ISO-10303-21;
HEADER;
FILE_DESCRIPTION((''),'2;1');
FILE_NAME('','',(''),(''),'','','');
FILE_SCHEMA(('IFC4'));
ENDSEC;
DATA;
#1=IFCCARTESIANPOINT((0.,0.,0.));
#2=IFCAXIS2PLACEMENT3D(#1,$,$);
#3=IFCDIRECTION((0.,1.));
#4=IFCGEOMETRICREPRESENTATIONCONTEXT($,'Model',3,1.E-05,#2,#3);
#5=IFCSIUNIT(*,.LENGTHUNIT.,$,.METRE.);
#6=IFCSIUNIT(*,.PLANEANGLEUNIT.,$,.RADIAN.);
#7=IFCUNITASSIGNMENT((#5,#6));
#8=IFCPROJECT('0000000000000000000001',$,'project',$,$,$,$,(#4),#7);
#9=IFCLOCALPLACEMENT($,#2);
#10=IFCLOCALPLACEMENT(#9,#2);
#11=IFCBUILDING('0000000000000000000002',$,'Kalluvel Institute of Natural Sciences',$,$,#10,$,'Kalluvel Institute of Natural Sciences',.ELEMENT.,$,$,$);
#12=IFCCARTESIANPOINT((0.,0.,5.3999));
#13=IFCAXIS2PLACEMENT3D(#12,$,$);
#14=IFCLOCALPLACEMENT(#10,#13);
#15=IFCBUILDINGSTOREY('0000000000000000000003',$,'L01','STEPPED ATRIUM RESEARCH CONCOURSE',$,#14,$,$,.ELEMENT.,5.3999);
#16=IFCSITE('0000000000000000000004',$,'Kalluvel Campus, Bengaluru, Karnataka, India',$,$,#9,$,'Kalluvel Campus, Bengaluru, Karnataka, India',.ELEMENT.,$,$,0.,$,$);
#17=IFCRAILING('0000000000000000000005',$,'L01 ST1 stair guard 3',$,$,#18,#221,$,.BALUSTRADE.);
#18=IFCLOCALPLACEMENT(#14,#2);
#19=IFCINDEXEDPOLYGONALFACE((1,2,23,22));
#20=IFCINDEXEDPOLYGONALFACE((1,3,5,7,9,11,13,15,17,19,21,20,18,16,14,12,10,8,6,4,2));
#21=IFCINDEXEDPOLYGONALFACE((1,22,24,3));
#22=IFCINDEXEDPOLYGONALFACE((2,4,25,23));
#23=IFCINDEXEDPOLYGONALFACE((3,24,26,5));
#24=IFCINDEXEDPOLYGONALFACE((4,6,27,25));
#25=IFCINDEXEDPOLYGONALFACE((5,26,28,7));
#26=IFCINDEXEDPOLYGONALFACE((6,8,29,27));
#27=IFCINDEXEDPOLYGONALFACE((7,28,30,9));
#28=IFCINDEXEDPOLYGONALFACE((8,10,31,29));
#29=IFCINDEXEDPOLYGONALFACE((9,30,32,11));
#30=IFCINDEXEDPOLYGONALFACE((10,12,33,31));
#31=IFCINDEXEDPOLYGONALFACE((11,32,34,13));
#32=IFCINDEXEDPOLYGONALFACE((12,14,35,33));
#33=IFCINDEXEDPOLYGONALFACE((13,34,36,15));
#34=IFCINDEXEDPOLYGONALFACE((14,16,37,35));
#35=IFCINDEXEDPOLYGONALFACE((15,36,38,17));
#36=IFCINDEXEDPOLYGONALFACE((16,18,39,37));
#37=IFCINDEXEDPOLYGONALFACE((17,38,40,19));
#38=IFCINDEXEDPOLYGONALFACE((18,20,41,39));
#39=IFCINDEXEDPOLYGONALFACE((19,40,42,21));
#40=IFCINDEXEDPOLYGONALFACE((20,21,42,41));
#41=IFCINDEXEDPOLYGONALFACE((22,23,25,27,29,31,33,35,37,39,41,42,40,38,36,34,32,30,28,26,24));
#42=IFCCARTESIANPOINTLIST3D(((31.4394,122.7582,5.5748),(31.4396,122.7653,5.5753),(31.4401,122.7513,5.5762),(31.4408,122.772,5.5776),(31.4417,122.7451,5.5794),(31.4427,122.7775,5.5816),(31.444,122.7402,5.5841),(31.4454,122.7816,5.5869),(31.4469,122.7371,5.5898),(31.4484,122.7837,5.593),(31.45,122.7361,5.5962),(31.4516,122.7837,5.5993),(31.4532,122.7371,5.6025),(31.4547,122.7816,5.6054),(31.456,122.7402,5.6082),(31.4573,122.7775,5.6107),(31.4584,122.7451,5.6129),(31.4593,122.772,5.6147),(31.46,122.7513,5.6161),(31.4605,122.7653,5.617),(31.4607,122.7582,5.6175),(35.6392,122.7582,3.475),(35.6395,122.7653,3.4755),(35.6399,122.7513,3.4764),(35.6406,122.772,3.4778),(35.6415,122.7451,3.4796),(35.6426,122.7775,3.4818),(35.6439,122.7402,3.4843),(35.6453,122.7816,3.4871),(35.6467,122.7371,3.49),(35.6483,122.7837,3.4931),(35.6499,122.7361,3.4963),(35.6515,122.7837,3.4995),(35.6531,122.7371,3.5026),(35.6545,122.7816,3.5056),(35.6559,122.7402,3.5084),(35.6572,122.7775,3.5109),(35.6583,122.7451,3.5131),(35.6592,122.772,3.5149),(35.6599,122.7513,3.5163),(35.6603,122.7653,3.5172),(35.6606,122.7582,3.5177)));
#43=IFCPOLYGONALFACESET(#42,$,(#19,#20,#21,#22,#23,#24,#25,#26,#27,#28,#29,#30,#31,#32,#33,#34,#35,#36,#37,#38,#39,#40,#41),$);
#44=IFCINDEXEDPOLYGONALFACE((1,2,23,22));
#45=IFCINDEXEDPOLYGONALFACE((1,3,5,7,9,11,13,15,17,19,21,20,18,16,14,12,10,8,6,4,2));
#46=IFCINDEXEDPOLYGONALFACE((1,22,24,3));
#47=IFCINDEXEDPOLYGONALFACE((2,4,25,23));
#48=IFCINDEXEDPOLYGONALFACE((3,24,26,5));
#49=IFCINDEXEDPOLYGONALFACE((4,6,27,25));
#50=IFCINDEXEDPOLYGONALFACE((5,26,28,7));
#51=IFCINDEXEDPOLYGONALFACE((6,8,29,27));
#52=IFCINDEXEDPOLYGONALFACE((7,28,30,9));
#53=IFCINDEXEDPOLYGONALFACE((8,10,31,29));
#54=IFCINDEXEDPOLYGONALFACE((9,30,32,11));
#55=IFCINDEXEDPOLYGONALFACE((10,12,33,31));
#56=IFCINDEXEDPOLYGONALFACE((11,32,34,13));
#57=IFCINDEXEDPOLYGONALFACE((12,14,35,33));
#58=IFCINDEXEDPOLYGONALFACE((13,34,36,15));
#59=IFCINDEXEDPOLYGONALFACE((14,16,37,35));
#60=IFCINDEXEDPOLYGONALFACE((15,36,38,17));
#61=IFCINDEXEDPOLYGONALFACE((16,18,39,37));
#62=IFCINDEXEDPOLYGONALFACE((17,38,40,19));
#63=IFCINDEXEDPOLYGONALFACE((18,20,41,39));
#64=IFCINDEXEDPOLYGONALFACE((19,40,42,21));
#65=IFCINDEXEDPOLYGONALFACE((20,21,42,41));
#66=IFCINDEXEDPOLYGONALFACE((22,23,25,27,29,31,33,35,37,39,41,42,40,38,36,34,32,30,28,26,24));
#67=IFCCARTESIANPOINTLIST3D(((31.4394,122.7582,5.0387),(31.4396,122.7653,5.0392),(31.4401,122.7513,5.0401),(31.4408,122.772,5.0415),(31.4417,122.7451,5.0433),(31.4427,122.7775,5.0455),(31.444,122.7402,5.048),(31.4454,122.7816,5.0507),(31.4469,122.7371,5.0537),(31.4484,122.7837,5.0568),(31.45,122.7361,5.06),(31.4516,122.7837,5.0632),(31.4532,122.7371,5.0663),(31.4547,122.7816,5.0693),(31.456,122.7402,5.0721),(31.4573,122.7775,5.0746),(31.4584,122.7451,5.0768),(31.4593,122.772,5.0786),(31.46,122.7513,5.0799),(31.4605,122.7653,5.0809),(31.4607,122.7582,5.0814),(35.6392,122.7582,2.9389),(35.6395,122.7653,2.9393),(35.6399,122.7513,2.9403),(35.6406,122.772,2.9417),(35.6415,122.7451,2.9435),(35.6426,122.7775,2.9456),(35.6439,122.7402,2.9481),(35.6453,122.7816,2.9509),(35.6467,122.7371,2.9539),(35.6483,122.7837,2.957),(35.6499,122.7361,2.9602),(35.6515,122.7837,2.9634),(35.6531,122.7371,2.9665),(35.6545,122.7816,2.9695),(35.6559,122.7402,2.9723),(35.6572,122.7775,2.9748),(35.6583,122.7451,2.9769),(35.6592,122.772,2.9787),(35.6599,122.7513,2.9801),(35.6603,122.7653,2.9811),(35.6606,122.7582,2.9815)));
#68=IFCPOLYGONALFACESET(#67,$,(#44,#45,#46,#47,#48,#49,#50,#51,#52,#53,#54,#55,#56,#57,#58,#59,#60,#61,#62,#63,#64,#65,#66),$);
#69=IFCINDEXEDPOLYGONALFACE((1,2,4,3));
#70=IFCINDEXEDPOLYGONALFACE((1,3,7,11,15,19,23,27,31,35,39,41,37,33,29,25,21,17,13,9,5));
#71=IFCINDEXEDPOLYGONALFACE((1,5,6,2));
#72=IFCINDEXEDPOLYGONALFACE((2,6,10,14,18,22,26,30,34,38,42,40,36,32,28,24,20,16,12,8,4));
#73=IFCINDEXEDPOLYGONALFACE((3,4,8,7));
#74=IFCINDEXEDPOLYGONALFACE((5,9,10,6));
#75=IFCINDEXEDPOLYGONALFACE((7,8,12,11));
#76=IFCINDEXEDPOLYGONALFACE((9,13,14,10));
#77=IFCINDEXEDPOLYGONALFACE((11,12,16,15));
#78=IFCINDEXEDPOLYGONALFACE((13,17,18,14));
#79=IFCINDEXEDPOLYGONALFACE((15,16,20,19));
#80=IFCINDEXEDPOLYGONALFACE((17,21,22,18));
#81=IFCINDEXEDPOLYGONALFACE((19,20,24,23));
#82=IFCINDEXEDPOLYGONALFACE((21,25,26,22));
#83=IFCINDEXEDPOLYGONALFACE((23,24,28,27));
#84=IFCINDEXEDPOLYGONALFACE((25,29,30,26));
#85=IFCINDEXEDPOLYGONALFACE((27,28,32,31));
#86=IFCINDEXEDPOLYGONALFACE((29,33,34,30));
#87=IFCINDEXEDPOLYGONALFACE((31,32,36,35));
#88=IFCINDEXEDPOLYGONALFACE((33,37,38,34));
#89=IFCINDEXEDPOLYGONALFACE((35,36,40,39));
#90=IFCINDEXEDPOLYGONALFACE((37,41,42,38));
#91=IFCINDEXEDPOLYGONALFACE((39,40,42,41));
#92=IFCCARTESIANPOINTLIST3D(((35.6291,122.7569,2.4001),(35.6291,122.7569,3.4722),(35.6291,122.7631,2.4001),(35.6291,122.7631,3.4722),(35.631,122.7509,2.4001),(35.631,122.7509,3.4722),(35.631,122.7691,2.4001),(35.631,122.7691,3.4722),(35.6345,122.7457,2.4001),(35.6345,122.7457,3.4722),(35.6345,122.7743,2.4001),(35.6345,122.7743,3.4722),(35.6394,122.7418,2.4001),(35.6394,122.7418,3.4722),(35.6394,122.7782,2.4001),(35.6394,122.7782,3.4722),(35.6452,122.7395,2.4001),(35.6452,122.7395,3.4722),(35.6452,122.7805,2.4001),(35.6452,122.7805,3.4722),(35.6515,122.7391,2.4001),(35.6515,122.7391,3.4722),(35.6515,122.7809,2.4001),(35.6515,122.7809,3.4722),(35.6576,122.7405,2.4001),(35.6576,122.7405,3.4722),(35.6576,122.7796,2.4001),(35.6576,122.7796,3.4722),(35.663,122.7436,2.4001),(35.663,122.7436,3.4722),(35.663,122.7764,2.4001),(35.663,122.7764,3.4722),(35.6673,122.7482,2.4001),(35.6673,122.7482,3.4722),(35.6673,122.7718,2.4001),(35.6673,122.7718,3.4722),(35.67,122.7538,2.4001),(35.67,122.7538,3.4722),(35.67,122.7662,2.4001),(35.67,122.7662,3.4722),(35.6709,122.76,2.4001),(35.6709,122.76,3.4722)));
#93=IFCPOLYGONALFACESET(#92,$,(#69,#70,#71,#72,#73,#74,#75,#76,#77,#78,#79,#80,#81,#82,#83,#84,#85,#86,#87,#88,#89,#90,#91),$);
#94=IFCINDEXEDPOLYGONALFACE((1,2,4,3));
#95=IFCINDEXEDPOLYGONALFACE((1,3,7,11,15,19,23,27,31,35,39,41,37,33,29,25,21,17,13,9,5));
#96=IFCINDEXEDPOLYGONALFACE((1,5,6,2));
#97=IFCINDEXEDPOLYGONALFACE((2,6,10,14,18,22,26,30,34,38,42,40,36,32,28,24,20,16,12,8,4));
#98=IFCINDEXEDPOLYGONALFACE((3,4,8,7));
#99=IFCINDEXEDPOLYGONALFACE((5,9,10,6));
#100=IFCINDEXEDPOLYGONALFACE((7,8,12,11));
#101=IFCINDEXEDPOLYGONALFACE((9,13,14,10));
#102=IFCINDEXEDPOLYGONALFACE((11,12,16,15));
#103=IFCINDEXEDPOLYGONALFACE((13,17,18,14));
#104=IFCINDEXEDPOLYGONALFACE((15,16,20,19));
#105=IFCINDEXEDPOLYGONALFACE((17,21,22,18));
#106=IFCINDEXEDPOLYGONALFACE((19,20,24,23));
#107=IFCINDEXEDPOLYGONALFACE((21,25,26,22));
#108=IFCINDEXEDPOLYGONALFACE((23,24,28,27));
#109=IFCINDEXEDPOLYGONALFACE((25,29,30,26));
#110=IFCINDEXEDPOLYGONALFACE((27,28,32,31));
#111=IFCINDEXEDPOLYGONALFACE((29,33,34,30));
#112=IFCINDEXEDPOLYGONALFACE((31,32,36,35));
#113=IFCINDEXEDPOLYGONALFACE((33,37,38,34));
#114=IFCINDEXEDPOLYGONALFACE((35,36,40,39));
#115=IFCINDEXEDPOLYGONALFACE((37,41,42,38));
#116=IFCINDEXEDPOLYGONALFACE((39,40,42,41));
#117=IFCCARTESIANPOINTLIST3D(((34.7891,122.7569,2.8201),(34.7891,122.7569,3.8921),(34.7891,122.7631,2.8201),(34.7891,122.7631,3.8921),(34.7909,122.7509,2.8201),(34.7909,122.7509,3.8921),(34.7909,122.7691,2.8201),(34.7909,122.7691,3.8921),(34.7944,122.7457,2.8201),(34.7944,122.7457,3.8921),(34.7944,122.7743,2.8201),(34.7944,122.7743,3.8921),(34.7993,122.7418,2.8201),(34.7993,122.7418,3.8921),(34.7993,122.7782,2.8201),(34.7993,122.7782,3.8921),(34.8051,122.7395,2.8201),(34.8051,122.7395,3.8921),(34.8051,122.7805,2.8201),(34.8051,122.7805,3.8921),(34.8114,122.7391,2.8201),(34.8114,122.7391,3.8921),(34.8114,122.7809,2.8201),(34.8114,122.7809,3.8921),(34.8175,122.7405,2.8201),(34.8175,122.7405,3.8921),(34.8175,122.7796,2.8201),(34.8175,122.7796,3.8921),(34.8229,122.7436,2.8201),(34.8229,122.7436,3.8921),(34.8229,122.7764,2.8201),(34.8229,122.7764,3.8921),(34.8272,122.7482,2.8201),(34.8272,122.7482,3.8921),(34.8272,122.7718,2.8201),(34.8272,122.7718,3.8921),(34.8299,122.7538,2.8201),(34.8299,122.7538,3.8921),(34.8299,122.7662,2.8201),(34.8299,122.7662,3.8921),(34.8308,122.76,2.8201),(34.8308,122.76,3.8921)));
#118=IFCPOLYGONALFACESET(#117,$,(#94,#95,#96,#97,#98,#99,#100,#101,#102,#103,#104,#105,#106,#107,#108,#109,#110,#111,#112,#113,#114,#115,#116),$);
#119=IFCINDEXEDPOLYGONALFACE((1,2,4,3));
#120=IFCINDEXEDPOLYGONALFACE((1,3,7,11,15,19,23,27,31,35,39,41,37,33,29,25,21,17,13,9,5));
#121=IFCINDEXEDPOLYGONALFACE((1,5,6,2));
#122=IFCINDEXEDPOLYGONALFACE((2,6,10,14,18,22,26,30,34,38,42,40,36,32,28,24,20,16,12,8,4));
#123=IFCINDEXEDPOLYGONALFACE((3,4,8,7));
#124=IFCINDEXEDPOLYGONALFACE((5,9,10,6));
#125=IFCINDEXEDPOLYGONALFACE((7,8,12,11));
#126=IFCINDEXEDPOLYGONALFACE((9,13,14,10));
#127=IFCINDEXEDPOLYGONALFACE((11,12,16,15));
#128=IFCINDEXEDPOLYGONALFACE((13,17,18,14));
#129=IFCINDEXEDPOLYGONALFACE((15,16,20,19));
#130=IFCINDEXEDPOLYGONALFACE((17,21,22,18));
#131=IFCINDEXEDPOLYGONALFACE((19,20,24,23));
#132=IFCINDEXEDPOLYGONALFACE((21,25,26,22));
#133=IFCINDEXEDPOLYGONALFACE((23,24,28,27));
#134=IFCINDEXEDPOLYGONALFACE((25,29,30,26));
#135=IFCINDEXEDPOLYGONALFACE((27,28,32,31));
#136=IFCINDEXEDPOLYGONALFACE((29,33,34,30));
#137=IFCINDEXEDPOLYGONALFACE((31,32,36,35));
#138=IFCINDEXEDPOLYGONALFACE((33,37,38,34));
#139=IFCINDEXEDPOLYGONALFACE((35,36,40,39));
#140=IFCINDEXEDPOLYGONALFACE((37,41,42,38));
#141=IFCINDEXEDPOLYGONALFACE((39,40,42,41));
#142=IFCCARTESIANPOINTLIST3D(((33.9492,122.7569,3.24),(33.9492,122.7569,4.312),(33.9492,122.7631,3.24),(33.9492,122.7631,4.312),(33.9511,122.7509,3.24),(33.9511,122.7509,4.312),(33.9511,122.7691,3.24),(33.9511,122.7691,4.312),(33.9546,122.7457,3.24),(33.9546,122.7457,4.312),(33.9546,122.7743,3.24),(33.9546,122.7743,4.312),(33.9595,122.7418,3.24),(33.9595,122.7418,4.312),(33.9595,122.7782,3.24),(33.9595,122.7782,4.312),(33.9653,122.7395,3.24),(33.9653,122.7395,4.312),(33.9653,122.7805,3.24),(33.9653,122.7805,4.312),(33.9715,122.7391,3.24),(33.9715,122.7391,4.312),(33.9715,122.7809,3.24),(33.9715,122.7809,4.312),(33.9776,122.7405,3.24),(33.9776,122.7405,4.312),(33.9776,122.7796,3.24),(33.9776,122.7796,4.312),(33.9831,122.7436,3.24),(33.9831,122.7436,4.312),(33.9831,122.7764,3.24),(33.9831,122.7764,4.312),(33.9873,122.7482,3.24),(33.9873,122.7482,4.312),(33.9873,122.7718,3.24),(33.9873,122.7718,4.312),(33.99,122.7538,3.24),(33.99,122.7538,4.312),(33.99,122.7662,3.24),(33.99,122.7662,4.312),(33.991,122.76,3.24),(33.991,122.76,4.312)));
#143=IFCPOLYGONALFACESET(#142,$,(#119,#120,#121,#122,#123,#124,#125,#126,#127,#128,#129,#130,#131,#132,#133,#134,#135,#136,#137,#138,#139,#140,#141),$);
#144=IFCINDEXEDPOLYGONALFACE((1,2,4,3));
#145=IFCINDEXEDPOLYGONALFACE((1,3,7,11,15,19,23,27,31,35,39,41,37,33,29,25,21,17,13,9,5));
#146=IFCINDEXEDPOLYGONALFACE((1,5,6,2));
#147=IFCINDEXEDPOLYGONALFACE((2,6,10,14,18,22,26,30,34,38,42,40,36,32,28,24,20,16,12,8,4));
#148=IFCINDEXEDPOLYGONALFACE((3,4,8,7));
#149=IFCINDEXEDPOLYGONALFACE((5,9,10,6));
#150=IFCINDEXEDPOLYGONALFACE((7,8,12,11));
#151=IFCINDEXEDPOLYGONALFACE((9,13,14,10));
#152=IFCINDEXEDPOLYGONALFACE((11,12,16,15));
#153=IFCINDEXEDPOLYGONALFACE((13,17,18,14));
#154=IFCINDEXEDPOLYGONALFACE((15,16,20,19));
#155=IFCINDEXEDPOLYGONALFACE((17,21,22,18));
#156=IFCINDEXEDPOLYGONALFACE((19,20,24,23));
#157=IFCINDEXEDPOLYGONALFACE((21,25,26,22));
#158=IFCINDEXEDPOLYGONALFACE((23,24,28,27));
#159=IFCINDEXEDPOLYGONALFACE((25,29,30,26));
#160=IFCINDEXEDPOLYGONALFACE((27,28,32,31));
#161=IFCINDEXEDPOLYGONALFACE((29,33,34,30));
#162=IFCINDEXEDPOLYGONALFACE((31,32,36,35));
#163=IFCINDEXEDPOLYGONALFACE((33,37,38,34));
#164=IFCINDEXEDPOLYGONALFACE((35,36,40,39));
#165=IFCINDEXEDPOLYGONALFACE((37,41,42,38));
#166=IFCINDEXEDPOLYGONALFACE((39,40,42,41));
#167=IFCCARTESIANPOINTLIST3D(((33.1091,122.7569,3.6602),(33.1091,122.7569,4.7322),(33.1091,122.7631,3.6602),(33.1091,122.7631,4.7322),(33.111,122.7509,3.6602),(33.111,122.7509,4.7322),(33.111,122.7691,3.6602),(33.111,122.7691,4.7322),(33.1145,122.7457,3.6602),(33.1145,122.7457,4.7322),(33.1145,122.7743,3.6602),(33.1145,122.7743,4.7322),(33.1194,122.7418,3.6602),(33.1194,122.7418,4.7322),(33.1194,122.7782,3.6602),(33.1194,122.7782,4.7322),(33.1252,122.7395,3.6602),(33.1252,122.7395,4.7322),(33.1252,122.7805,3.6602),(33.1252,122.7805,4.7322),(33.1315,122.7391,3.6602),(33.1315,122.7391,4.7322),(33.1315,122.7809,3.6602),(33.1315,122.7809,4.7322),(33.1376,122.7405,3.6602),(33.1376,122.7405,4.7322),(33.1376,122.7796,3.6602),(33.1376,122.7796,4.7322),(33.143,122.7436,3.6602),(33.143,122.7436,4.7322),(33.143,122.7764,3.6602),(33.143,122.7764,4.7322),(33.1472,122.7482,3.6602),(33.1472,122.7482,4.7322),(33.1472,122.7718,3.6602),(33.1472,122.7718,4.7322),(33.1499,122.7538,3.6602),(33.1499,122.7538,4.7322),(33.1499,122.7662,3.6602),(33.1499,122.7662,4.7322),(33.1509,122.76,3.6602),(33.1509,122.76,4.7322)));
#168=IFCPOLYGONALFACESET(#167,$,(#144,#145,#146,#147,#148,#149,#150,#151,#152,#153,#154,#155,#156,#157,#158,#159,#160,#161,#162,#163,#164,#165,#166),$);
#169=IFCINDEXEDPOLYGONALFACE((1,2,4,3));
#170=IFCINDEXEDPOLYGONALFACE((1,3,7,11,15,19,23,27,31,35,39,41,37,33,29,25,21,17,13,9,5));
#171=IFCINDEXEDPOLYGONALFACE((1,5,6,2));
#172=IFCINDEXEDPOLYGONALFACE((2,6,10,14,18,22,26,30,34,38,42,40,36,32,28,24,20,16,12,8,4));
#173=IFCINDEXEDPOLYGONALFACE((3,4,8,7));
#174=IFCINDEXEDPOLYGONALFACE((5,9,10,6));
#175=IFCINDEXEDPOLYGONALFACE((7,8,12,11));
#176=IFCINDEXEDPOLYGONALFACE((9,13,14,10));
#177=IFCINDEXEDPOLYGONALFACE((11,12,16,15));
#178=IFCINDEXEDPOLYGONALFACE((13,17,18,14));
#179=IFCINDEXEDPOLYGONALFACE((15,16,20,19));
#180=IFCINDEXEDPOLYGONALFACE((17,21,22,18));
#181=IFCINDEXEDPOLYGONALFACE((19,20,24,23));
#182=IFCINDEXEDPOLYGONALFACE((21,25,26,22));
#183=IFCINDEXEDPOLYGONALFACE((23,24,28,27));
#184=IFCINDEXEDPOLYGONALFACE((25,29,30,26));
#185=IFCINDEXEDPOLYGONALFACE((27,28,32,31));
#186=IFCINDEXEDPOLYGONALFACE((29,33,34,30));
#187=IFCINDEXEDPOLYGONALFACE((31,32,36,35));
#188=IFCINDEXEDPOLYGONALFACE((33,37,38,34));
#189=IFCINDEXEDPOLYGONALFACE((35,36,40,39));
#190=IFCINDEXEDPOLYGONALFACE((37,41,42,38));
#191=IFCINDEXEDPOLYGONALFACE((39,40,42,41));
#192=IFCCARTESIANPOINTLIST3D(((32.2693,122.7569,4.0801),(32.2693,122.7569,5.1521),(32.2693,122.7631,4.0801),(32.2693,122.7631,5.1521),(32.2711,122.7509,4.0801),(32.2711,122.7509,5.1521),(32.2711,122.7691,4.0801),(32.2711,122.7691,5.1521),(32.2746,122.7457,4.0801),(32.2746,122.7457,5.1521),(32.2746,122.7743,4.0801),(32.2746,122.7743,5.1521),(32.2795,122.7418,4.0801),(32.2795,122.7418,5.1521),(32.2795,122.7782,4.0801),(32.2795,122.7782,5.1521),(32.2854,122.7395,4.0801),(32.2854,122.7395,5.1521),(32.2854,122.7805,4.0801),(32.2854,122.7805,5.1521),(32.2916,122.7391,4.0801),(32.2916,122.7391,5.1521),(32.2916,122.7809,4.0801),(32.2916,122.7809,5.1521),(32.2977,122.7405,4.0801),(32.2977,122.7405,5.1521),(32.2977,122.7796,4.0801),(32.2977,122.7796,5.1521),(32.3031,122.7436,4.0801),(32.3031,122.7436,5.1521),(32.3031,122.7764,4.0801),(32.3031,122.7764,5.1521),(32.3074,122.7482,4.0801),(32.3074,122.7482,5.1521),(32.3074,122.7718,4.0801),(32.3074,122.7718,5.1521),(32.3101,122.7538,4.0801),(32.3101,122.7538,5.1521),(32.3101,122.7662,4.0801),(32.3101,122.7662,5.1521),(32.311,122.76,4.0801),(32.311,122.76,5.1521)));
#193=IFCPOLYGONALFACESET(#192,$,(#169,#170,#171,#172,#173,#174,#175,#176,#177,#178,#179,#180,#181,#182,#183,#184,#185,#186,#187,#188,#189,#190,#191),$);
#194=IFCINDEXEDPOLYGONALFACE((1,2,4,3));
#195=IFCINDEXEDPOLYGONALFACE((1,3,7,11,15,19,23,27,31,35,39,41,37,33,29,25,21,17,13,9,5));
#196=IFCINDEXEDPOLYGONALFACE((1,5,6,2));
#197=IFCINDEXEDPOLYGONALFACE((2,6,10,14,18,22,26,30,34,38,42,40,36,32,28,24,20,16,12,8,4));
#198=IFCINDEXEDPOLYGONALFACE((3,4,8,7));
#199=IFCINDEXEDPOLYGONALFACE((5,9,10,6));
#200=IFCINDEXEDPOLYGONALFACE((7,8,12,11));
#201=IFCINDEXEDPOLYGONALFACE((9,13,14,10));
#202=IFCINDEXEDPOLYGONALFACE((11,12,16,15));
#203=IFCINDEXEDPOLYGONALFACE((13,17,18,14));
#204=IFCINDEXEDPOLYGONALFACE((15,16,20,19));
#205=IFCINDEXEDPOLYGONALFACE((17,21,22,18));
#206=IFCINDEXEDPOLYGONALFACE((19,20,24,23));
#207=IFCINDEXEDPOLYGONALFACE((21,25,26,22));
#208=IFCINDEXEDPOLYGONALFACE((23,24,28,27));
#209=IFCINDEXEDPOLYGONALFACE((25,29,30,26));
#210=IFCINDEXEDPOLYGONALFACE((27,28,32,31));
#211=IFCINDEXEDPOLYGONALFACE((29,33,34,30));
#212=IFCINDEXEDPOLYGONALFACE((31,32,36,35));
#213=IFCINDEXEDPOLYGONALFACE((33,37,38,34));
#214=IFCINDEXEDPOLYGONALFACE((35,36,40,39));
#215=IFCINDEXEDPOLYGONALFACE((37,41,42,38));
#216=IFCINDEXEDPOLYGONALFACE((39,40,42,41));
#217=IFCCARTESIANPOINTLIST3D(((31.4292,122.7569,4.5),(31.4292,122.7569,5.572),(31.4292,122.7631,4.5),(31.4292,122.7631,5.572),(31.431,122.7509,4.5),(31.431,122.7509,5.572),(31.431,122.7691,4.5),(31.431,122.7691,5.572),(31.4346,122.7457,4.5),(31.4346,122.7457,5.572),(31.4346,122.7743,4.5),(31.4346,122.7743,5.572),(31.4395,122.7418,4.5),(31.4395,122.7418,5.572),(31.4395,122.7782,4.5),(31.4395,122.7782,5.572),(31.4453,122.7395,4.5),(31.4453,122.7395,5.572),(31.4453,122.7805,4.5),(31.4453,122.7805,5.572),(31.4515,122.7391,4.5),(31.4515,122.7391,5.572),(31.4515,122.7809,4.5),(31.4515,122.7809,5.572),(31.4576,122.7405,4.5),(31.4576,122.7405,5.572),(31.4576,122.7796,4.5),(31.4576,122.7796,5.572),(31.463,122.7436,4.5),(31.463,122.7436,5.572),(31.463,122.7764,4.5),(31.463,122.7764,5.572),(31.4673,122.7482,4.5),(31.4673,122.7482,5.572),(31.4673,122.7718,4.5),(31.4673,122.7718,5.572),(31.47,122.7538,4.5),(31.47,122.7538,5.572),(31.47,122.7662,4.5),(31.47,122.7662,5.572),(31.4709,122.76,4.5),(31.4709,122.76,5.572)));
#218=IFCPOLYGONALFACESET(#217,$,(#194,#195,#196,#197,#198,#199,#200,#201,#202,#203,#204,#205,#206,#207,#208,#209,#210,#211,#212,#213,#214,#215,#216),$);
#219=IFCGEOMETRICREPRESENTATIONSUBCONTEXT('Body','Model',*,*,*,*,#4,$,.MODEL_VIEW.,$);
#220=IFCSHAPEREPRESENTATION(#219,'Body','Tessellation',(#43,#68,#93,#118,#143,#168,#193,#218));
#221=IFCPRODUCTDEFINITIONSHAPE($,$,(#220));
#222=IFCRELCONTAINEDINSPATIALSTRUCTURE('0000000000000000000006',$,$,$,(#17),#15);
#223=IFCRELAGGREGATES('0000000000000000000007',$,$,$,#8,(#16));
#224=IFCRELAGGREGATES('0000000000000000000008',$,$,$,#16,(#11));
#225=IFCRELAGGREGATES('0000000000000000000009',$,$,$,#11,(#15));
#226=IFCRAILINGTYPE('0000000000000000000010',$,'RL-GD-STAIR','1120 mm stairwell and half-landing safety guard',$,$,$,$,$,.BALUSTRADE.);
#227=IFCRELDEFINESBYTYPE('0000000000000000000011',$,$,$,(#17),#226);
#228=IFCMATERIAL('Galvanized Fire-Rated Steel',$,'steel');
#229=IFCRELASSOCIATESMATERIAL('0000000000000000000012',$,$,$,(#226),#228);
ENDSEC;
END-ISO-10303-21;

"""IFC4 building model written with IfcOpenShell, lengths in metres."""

from ifc_helpers import new_model, si_unit, direction, frame, origin, origin_2d, place, context, subcontext, project, spatial, circle, extrude, material, type_object, element, save


model = new_model("IFC4")

# Units and contexts
model_context = context("Model", 3, precision=1e-05, world=origin(), true_north=direction((0.0, 1.0)))
body_context = subcontext(model_context, "Body", "Model", "MODEL_VIEW")
ifc_project = project(units=[si_unit("LENGTHUNIT", "METRE"), si_unit("PLANEANGLEUNIT", "RADIAN")], contexts=[model_context])

# Site, building, storey
site_placement = place(None, origin())
site = spatial("IfcSite", under=ifc_project, at=site_placement, Name="Kalluvel Campus, Bengaluru, Karnataka, India", LongName="Kalluvel Campus, Bengaluru, Karnataka, India", CompositionType="ELEMENT", RefElevation=0.0)
building_placement = place(site_placement, origin())
building = spatial("IfcBuilding", under=site, at=building_placement, Name="Kalluvel Institute of Natural Sciences", LongName="Kalluvel Institute of Natural Sciences", CompositionType="ELEMENT")
storey_placement = place(building_placement, frame((0.0, 0.0, 5.3999)))
storey = spatial("IfcBuildingStorey", under=building, at=storey_placement, Name="L01", Description="STEPPED ATRIUM RESEARCH CONCOURSE", CompositionType="ELEMENT", Elevation=5.3999)

# Shared definitions
ifc_material_1 = material(Name="Galvanized Fire-Rated Steel", Category="steel")

# Railing
railing_type_1 = type_object("IfcRailingType", Name="RL-GD-STAIR", Description="1120 mm stairwell and half-landing safety guard", PredefinedType="BALUSTRADE", material=ifc_material_1)
railing_1_placement = place(storey_placement, frame((35.6499, 122.76, 2.4001)))
element("IfcRailing", 1, at=railing_1_placement, inside=storey, type_object=railing_type_1, Name="L01 ST1 stair guard 3", PredefinedType="BALUSTRADE", context=body_context, shape_type="SweptSolid", body=[
    extrude(circle(Radius=0.0239, at=origin_2d()), frame((0.0, 0.0, 1.0962), z_axis=(-0.894438, 0.0, 0.447193), x_axis=(0.0, -1.0, 0.0)), (0.0, 0.0, 1.0), 4.6956),
    extrude(circle(Radius=0.0239, at=origin_2d()), frame((0.0, 0.0, 0.5601), z_axis=(-0.894438, 0.0, 0.447193), x_axis=(0.0, -1.0, 0.0)), (0.0, 0.0, 1.0), 4.6956),
    extrude(circle(Radius=0.021, at=origin_2d()), origin(), (0.0, 0.0, 1.0), 1.072),
    extrude(circle(Radius=0.021, at=origin_2d()), frame((-0.8401, 0.0, 0.4199)), (0.0, 0.0, 1.0), 1.072),
    extrude(circle(Radius=0.021, at=origin_2d()), frame((-1.6799, 0.0, 0.8398)), (0.0, 0.0, 1.0), 1.072),
    extrude(circle(Radius=0.021, at=origin_2d()), frame((-2.52, 0.0, 1.26)), (0.0, 0.0, 1.0), 1.072),
    extrude(circle(Radius=0.021, at=origin_2d()), frame((-3.3599, 0.0, 1.6799)), (0.0, 0.0, 1.0), 1.072),
    extrude(circle(Radius=0.021, at=origin_2d()), frame((-4.2, 0.0, 2.0999)), (0.0, 0.0, 1.0), 1.072),
])

save(model, "model.ifc")
